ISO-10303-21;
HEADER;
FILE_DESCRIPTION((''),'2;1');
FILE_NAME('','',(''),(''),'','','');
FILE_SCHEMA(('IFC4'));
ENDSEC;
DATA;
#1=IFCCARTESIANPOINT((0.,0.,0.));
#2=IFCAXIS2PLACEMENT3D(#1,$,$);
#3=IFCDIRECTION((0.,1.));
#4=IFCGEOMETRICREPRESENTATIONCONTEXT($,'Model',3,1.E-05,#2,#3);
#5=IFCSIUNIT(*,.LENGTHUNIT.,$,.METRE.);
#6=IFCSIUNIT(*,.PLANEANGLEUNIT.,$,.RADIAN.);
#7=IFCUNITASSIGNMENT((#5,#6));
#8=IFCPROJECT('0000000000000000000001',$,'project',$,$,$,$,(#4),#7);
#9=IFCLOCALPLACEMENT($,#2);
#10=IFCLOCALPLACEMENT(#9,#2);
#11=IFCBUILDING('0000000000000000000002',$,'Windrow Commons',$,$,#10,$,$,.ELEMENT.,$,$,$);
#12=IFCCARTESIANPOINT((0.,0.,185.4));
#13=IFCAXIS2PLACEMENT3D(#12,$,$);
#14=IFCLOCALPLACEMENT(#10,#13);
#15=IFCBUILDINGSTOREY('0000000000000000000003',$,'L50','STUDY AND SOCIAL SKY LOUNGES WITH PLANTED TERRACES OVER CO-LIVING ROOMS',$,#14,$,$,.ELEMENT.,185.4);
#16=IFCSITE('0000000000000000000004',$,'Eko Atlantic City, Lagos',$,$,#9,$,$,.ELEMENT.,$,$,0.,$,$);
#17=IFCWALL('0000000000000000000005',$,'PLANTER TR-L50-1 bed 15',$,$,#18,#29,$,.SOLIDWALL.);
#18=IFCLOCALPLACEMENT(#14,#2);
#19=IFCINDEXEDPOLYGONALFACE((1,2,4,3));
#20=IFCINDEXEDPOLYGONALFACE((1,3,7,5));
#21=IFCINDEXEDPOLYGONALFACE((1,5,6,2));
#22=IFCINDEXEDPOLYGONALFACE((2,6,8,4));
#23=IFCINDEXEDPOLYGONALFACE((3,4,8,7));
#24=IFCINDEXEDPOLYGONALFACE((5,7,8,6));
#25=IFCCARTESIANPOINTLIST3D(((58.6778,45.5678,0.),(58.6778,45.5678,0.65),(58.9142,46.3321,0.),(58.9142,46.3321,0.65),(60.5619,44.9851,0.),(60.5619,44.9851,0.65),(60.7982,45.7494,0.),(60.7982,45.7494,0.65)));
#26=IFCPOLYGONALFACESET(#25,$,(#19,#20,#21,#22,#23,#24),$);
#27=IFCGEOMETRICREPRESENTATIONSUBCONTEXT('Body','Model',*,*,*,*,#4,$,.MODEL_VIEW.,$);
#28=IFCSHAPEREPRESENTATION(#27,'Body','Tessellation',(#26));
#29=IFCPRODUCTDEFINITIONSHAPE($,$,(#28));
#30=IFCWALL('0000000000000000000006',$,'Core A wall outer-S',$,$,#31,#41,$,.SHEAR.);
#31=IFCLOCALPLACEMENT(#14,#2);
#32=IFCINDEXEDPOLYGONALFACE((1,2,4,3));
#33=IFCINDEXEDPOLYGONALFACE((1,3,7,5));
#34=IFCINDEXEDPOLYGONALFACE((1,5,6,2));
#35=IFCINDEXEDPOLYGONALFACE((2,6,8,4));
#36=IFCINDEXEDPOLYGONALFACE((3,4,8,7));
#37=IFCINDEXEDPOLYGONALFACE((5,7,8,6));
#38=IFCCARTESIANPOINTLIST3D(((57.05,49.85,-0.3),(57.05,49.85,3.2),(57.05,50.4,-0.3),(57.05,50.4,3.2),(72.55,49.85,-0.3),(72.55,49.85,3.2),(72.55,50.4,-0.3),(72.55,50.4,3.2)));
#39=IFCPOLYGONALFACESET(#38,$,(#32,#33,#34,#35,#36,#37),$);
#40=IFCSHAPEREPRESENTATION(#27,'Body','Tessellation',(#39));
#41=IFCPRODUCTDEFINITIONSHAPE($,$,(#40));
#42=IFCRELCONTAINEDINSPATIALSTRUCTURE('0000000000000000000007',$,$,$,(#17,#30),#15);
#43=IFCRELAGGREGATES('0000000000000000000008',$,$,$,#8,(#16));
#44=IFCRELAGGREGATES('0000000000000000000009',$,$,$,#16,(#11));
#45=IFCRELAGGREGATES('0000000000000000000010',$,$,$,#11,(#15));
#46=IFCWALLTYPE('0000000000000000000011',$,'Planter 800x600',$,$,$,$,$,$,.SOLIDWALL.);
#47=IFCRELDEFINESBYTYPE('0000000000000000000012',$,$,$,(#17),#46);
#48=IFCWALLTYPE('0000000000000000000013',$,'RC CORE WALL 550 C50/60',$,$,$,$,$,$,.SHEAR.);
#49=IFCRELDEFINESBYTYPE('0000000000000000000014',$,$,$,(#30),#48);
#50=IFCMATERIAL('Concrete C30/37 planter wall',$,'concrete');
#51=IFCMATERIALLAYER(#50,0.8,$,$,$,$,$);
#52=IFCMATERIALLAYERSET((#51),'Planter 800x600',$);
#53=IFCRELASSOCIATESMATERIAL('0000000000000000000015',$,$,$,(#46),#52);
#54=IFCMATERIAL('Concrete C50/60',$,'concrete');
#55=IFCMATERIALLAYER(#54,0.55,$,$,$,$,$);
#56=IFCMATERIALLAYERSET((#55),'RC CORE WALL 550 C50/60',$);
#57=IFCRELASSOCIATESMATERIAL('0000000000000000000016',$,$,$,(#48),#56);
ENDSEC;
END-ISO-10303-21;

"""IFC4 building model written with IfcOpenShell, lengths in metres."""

from ifc_helpers import new_model, si_unit, direction, frame, frame_2d, origin, place, context, subcontext, project, spatial, rectangle, extrude, material, layer, layer_set, type_object, element, save


model = new_model("IFC4")

# Units and contexts
model_context = context("Model", 3, precision=1e-05, world=origin(), true_north=direction((0.0, 1.0)))
body_context = subcontext(model_context, "Body", "Model", "MODEL_VIEW")
ifc_project = project(units=[si_unit("LENGTHUNIT", "METRE"), si_unit("PLANEANGLEUNIT", "RADIAN")], contexts=[model_context])

# Site, building, storey
site_placement = place(None, origin())
site = spatial("IfcSite", under=ifc_project, at=site_placement, Name="Eko Atlantic City, Lagos", CompositionType="ELEMENT", RefElevation=0.0)
building_placement = place(site_placement, origin())
building = spatial("IfcBuilding", under=site, at=building_placement, Name="Windrow Commons", CompositionType="ELEMENT")
storey_placement = place(building_placement, frame((0.0, 0.0, 185.4)))
storey = spatial("IfcBuildingStorey", under=building, at=storey_placement, Name="L50", Description="STUDY AND SOCIAL SKY LOUNGES WITH PLANTED TERRACES OVER CO-LIVING ROOMS", CompositionType="ELEMENT", Elevation=185.4)

# Walls
ifc_material_1 = material(Name="Concrete C30/37 planter wall", Category="concrete")
ifc_layer_1 = layer(ifc_material_1, 0.8)
ifc_layer_set_1 = layer_set([ifc_layer_1], Name="Planter 800x600")
wall_type_1 = type_object("IfcWallType", Name="Planter 800x600", PredefinedType="SOLIDWALL", material=ifc_layer_set_1)
wall_1_placement = place(storey_placement, frame((60.68, 45.3673, 0.0), z_axis=(0.0, 0.0, 1.0), x_axis=(-0.955354, 0.295464, 0.0)))
element("IfcWall", 1, at=wall_1_placement, inside=storey, type_object=wall_type_1, Name="PLANTER TR-L50-1 bed 15", PredefinedType="SOLIDWALL", context=body_context, shape_type="SweptSolid", body=[
    extrude(rectangle(XDim=1.9721, YDim=0.8, at=frame_2d((0.986, 0.0))), origin(), (0.0, 0.0, 1.0), 0.65),
])
ifc_material_2 = material(Name="Concrete C50/60", Category="concrete")
ifc_layer_2 = layer(ifc_material_2, 0.55)
ifc_layer_set_2 = layer_set([ifc_layer_2], Name="RC CORE WALL 550 C50/60")
wall_type_2 = type_object("IfcWallType", Name="RC CORE WALL 550 C50/60", PredefinedType="SHEAR", material=ifc_layer_set_2)
wall_2_placement = place(storey_placement, frame((57.05, 50.125, -0.3), z_axis=(0.0, 0.0, 1.0), x_axis=(1.0, 0.0, 0.0)))
element("IfcWall", 2, at=wall_2_placement, inside=storey, type_object=wall_type_2, Name="Core A wall outer-S", PredefinedType="SHEAR", context=body_context, shape_type="SweptSolid", body=[
    extrude(rectangle(XDim=15.5, YDim=0.55, at=frame_2d((7.75, 0.0))), origin(), (0.0, 0.0, 1.0), 3.5),
])

save(model, "model.ifc")
